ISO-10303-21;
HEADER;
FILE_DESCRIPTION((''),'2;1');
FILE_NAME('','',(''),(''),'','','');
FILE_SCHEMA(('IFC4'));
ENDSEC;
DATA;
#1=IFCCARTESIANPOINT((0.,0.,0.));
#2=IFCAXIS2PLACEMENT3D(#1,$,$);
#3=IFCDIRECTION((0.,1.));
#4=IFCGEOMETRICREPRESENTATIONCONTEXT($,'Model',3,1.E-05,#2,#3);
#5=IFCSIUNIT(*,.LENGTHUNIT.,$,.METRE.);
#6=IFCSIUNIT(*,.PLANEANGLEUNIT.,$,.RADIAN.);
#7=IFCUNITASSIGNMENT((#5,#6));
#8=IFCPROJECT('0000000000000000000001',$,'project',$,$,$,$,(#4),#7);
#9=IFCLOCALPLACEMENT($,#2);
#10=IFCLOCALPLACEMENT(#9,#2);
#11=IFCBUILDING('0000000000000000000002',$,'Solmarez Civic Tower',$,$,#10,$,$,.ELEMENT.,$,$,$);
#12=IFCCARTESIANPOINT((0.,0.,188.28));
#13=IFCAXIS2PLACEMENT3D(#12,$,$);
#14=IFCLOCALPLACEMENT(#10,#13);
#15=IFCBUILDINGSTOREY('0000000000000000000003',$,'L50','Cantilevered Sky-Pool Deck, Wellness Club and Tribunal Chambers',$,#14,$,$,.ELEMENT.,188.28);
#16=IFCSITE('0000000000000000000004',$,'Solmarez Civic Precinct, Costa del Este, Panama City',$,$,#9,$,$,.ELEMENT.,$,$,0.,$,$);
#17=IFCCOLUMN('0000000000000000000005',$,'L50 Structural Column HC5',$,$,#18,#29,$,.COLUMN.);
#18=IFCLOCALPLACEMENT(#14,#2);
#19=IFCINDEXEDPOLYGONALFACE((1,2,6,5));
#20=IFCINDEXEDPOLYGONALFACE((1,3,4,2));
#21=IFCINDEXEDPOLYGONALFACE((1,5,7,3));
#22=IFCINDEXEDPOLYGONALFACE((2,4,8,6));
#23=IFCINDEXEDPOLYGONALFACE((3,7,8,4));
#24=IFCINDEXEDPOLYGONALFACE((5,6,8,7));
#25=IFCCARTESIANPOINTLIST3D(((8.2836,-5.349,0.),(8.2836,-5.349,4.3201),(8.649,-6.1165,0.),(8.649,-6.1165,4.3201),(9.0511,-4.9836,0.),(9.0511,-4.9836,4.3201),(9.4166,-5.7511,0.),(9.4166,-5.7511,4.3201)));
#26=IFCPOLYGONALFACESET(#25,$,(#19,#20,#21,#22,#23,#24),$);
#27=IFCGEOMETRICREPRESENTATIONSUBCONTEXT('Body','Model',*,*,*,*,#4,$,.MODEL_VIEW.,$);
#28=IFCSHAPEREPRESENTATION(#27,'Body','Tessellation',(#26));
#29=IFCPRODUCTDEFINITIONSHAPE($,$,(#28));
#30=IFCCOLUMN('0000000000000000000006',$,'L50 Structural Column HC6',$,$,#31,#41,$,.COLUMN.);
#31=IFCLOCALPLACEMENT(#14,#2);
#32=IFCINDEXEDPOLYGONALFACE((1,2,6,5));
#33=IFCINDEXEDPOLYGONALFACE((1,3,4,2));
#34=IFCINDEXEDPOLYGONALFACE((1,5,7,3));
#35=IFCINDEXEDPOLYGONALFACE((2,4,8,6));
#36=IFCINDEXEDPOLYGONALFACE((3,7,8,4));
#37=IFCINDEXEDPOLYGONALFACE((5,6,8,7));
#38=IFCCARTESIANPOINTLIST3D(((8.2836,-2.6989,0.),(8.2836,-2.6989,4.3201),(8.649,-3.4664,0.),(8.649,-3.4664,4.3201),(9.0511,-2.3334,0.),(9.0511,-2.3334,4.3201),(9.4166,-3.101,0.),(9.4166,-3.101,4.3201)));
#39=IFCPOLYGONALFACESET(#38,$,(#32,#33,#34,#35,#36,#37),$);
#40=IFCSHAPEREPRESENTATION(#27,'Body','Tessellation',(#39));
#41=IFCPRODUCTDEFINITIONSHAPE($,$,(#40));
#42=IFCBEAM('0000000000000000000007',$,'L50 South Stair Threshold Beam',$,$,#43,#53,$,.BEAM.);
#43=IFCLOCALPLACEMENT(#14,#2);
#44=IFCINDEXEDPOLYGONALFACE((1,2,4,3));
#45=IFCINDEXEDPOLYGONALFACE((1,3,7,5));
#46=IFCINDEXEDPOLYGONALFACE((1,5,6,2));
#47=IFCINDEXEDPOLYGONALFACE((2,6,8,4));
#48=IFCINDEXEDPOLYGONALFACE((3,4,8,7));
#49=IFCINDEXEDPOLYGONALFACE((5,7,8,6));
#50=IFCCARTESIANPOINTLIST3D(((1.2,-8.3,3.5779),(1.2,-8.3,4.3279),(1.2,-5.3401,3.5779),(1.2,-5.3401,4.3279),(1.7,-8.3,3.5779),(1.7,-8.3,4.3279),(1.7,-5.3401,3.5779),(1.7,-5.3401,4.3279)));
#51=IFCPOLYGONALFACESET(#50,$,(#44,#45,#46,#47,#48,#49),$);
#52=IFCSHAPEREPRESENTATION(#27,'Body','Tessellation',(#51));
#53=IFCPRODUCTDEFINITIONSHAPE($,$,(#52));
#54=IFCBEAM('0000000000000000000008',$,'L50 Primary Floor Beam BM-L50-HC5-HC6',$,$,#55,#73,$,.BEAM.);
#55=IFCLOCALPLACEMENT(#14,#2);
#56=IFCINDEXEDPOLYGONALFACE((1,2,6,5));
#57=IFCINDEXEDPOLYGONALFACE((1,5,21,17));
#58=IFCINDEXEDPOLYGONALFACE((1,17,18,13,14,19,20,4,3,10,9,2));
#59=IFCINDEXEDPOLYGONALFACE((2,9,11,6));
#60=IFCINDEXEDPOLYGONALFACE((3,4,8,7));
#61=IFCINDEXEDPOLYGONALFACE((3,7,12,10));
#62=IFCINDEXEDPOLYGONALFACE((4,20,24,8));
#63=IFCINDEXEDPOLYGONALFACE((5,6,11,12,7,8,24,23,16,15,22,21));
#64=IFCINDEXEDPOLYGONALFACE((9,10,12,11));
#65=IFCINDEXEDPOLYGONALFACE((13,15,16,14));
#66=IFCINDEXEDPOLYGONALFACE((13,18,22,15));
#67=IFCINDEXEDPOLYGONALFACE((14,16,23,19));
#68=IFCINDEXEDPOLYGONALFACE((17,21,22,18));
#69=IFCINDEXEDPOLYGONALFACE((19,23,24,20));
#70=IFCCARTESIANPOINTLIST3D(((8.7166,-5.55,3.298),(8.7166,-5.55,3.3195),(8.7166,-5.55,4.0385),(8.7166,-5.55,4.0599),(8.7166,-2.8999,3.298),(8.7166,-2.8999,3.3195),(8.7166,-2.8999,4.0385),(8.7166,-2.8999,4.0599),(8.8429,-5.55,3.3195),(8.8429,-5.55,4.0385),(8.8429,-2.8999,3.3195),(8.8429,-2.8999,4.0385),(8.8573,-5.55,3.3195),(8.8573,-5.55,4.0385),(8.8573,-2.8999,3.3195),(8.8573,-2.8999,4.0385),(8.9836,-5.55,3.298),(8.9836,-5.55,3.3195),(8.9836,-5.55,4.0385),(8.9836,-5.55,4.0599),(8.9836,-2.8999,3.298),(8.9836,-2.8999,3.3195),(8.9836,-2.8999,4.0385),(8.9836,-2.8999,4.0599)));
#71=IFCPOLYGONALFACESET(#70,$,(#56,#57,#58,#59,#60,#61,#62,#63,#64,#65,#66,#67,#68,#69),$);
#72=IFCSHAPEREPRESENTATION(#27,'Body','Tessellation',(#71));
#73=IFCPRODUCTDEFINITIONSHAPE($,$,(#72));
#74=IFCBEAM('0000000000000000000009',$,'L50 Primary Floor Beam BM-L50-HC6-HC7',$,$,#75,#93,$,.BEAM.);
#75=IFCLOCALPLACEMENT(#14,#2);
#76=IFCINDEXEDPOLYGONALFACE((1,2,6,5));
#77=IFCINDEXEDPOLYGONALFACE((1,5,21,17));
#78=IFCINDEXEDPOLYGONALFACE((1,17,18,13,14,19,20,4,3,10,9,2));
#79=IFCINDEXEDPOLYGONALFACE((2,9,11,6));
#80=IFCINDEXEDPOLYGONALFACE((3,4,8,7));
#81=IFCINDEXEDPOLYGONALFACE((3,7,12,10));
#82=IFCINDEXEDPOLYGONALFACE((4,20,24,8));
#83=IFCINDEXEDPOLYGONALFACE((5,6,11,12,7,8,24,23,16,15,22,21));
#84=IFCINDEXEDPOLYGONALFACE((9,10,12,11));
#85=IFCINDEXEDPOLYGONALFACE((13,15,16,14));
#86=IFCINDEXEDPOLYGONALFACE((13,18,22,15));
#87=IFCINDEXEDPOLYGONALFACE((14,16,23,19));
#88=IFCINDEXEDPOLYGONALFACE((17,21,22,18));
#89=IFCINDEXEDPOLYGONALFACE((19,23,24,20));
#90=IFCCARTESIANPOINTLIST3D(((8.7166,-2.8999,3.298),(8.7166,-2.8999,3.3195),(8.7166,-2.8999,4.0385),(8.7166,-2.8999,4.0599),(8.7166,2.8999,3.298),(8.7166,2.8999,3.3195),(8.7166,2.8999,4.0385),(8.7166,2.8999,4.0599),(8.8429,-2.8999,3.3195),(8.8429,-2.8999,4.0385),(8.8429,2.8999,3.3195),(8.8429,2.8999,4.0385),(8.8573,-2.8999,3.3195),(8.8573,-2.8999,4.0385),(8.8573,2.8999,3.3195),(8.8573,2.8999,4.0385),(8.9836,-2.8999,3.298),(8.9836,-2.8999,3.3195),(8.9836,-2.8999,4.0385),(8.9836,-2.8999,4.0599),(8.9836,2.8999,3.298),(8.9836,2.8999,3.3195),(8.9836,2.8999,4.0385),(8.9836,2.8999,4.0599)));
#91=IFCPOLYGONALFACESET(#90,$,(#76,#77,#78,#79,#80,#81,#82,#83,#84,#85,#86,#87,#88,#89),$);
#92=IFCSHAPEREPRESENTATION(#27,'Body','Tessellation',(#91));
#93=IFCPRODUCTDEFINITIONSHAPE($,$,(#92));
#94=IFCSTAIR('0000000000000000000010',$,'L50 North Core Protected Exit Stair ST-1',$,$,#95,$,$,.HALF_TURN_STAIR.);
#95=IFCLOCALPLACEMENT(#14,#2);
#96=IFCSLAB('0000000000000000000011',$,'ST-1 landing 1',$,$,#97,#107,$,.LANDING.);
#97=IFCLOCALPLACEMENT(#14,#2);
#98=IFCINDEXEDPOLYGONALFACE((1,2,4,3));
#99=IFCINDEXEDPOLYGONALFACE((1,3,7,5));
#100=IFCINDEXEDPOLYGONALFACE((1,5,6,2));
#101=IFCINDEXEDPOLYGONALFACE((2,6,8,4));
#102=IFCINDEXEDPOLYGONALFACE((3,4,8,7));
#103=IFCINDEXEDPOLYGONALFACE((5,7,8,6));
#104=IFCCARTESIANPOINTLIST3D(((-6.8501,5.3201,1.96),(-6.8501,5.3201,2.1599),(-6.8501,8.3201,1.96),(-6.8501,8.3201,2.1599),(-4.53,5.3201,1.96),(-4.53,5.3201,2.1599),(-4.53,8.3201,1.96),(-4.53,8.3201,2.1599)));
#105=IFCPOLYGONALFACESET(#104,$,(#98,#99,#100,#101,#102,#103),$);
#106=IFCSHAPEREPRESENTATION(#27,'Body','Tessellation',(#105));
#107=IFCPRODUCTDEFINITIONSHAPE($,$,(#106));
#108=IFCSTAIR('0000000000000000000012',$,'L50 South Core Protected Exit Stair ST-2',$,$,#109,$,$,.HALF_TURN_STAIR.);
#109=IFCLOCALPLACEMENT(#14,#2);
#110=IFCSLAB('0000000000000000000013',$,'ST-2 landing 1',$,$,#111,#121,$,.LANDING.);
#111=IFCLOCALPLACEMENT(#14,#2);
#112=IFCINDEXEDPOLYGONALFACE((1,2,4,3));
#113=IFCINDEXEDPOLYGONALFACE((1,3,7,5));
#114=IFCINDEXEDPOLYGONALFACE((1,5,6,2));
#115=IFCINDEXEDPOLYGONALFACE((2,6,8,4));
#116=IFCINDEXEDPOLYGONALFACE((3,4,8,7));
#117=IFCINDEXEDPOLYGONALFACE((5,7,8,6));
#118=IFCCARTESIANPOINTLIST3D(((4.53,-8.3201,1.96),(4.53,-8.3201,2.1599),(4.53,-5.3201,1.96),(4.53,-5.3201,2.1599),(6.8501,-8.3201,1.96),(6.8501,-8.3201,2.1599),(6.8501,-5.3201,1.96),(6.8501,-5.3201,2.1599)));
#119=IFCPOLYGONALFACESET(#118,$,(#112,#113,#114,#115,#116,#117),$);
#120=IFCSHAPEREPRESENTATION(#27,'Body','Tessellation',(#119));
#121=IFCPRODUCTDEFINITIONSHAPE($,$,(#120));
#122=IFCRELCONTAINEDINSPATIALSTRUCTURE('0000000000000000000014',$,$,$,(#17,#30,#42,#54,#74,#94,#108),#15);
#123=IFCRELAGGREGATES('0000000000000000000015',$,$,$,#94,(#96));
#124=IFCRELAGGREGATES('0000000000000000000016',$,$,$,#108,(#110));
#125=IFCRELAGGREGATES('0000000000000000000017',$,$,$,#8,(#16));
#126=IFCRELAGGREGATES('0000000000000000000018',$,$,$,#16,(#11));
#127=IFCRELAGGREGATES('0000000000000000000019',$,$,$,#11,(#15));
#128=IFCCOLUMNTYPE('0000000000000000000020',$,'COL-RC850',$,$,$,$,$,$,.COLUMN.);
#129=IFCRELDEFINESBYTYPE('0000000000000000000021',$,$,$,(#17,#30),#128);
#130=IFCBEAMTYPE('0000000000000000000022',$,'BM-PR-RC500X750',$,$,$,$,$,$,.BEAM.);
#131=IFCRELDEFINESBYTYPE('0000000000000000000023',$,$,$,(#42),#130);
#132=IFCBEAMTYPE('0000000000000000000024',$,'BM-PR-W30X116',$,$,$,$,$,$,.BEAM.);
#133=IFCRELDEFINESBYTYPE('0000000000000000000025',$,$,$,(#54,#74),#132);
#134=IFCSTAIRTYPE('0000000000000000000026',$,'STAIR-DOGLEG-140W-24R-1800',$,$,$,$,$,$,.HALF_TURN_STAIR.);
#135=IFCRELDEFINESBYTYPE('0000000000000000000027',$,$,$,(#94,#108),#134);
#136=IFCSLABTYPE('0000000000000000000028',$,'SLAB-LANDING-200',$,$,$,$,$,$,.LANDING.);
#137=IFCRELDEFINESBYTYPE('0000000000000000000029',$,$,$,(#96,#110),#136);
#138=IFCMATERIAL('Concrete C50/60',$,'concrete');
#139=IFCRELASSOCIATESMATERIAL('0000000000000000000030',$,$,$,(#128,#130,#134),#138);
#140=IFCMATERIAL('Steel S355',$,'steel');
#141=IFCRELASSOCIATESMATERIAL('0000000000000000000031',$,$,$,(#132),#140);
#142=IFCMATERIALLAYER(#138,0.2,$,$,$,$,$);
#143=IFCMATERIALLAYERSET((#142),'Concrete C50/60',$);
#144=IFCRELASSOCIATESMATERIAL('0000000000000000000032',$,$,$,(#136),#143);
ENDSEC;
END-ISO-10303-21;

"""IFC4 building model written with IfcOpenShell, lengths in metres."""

from ifc_helpers import new_model, si_unit, direction, frame, origin, origin_2d, place, context, subcontext, project, spatial, polyline, rectangle, i_section, outline, extrude, material, layer, layer_set, material_profile, profile_set, type_object, element, aggregate, save


model = new_model("IFC4")

# Units and contexts
model_context = context("Model", 3, precision=1e-05, world=origin(), true_north=direction((0.0, 1.0)))
body_context = subcontext(model_context, "Body", "Model", "MODEL_VIEW")
ifc_project = project(units=[si_unit("LENGTHUNIT", "METRE"), si_unit("PLANEANGLEUNIT", "RADIAN")], contexts=[model_context])

# Site, building, storey
site_placement = place(None, origin())
site = spatial("IfcSite", under=ifc_project, at=site_placement, Name="Solmarez Civic Precinct, Costa del Este, Panama City", CompositionType="ELEMENT", RefElevation=0.0)
building_placement = place(site_placement, origin())
building = spatial("IfcBuilding", under=site, at=building_placement, Name="Solmarez Civic Tower", CompositionType="ELEMENT")
storey_placement = place(building_placement, frame((0.0, 0.0, 188.28)))
storey = spatial("IfcBuildingStorey", under=building, at=storey_placement, Name="L50", Description="Cantilevered Sky-Pool Deck, Wellness Club and Tribunal Chambers", CompositionType="ELEMENT", Elevation=188.28)

# Columns
ifc_material_1 = material(Name="Concrete C50/60", Category="concrete")
ifc_material_profile_1 = material_profile(ifc_material_1, rectangle(XDim=0.8501, YDim=0.8501, at=origin_2d()), Name="RC850X850")
ifc_profile_set_1 = profile_set([ifc_material_profile_1], Name="Concrete C50/60")
column_type = type_object("IfcColumnType", Name="COL-RC850", PredefinedType="COLUMN", material=ifc_profile_set_1)
for number, where, z_axis, x_axis, name in (
    (1, (8.8501, -5.55, 0.0), (0.0, 0.0, 1.0), (0.902886, 0.429881, 0.0), "L50 Structural Column HC5"),
    (2, (8.8501, -2.8999, 0.0), (0.0, 0.0, 1.0), (0.902886, 0.429881, 0.0), "L50 Structural Column HC6"),
):
    element("IfcColumn", number, at=place(storey_placement, frame(where, z_axis=z_axis, x_axis=x_axis)), inside=storey, type_object=column_type, Name=name, PredefinedType="COLUMN", context=body_context, shape_type="SweptSolid", body=[
        extrude(rectangle(XDim=0.8501, YDim=0.8501, at=origin_2d()), origin(), (0.0, 0.0, 1.0), 4.3201),
    ])

# Beams
ifc_material_profile_2 = material_profile(ifc_material_1, rectangle(XDim=0.5, YDim=0.75, at=origin_2d()), Name="RC500X750")
ifc_profile_set_2 = profile_set([ifc_material_profile_2], Name="Concrete C50/60")
beam_type_1 = type_object("IfcBeamType", Name="BM-PR-RC500X750", PredefinedType="BEAM", material=ifc_profile_set_2)
beam_1_placement = place(storey_placement, frame((1.45, -8.3, 3.9529), z_axis=(0.0, 1.0, 0.0), x_axis=(-1.0, 0.0, 0.0)))
element("IfcBeam", 3, at=beam_1_placement, inside=storey, type_object=beam_type_1, Name="L50 South Stair Threshold Beam", PredefinedType="BEAM", context=body_context, shape_type="SweptSolid", body=[
    extrude(rectangle(XDim=0.5, YDim=0.75, at=origin_2d()), origin(), (0.0, 0.0, 1.0), 2.96),
])
ifc_material_2 = material(Name="Steel S355", Category="steel")
ifc_material_profile_3 = material_profile(ifc_material_2, i_section(OverallWidth=0.2671, OverallDepth=0.762, WebThickness=0.0144, FlangeThickness=0.0215, at=origin_2d()), Name="W30X116")
ifc_profile_set_3 = profile_set([ifc_material_profile_3], Name="Steel S355")
beam_type_2 = type_object("IfcBeamType", Name="BM-PR-W30X116", PredefinedType="BEAM", material=ifc_profile_set_3)
beam_2_placement = place(storey_placement, frame((8.8501, -5.55, 3.679), z_axis=(0.0, 1.0, 0.0), x_axis=(-1.0, 0.0, 0.0)))
element("IfcBeam", 4, at=beam_2_placement, inside=storey, type_object=beam_type_2, Name="L50 Primary Floor Beam BM-L50-HC5-HC6", PredefinedType="BEAM", context=body_context, shape_type="SweptSolid", body=[
    extrude(i_section(OverallWidth=0.2671, OverallDepth=0.762, WebThickness=0.0144, FlangeThickness=0.0215, at=origin_2d()), origin(), (0.0, 0.0, 1.0), 2.6501),
])
beam_3_placement = place(storey_placement, frame((8.8501, -2.8999, 3.679), z_axis=(0.0, 1.0, 0.0), x_axis=(-1.0, 0.0, 0.0)))
element("IfcBeam", 5, at=beam_3_placement, inside=storey, type_object=beam_type_2, Name="L50 Primary Floor Beam BM-L50-HC6-HC7", PredefinedType="BEAM", context=body_context, shape_type="SweptSolid", body=[
    extrude(i_section(OverallWidth=0.2671, OverallDepth=0.762, WebThickness=0.0144, FlangeThickness=0.0215, at=origin_2d()), origin(), (0.0, 0.0, 1.0), 5.7998),
])

# Stairs, slabs
stair_type = type_object("IfcStairType", Name="STAIR-DOGLEG-140W-24R-1800", PredefinedType="HALF_TURN_STAIR", material=ifc_material_1)
stair_1_placement = place(storey_placement, origin())
stair_1 = element("IfcStair", 6, at=stair_1_placement, inside=storey, type_object=stair_type, Name="L50 North Core Protected Exit Stair ST-1", PredefinedType="HALF_TURN_STAIR")
ifc_layer_1 = layer(ifc_material_1, 0.2)
ifc_layer_set_1 = layer_set([ifc_layer_1], Name="Concrete C50/60")
slab_type_1 = type_object("IfcSlabType", Name="SLAB-LANDING-200", PredefinedType="LANDING", material=ifc_layer_set_1)
slab_1_placement = place(storey_placement, frame((0.0, 0.0, 1.96)))
slab_1 = element("IfcSlab", 7, at=slab_1_placement, type_object=slab_type_1, Name="ST-1 landing 1", PredefinedType="LANDING", context=body_context, shape_type="SweptSolid", body=[
    extrude(outline(polyline([(-4.53, 8.3201), (-6.8501, 8.3201), (-6.8501, 5.3201), (-4.53, 5.3201), (-4.53, 8.3201)])), origin(), (0.0, 0.0, 1.0), 0.2),
])
aggregate(stair_1, [slab_1])
stair_2_placement = place(storey_placement, origin())
stair_2 = element("IfcStair", 8, at=stair_2_placement, inside=storey, type_object=stair_type, Name="L50 South Core Protected Exit Stair ST-2", PredefinedType="HALF_TURN_STAIR")
slab_2_placement = place(storey_placement, frame((0.0, 0.0, 1.96)))
slab_2 = element("IfcSlab", 9, at=slab_2_placement, type_object=slab_type_1, Name="ST-2 landing 1", PredefinedType="LANDING", context=body_context, shape_type="SweptSolid", body=[
    extrude(outline(polyline([(4.53, -8.3201), (6.8501, -8.3201), (6.8501, -5.3201), (4.53, -5.3201), (4.53, -8.3201)])), origin(), (0.0, 0.0, 1.0), 0.2),
])

aggregate(stair_2, [slab_2])

save(model, "model.ifc")
